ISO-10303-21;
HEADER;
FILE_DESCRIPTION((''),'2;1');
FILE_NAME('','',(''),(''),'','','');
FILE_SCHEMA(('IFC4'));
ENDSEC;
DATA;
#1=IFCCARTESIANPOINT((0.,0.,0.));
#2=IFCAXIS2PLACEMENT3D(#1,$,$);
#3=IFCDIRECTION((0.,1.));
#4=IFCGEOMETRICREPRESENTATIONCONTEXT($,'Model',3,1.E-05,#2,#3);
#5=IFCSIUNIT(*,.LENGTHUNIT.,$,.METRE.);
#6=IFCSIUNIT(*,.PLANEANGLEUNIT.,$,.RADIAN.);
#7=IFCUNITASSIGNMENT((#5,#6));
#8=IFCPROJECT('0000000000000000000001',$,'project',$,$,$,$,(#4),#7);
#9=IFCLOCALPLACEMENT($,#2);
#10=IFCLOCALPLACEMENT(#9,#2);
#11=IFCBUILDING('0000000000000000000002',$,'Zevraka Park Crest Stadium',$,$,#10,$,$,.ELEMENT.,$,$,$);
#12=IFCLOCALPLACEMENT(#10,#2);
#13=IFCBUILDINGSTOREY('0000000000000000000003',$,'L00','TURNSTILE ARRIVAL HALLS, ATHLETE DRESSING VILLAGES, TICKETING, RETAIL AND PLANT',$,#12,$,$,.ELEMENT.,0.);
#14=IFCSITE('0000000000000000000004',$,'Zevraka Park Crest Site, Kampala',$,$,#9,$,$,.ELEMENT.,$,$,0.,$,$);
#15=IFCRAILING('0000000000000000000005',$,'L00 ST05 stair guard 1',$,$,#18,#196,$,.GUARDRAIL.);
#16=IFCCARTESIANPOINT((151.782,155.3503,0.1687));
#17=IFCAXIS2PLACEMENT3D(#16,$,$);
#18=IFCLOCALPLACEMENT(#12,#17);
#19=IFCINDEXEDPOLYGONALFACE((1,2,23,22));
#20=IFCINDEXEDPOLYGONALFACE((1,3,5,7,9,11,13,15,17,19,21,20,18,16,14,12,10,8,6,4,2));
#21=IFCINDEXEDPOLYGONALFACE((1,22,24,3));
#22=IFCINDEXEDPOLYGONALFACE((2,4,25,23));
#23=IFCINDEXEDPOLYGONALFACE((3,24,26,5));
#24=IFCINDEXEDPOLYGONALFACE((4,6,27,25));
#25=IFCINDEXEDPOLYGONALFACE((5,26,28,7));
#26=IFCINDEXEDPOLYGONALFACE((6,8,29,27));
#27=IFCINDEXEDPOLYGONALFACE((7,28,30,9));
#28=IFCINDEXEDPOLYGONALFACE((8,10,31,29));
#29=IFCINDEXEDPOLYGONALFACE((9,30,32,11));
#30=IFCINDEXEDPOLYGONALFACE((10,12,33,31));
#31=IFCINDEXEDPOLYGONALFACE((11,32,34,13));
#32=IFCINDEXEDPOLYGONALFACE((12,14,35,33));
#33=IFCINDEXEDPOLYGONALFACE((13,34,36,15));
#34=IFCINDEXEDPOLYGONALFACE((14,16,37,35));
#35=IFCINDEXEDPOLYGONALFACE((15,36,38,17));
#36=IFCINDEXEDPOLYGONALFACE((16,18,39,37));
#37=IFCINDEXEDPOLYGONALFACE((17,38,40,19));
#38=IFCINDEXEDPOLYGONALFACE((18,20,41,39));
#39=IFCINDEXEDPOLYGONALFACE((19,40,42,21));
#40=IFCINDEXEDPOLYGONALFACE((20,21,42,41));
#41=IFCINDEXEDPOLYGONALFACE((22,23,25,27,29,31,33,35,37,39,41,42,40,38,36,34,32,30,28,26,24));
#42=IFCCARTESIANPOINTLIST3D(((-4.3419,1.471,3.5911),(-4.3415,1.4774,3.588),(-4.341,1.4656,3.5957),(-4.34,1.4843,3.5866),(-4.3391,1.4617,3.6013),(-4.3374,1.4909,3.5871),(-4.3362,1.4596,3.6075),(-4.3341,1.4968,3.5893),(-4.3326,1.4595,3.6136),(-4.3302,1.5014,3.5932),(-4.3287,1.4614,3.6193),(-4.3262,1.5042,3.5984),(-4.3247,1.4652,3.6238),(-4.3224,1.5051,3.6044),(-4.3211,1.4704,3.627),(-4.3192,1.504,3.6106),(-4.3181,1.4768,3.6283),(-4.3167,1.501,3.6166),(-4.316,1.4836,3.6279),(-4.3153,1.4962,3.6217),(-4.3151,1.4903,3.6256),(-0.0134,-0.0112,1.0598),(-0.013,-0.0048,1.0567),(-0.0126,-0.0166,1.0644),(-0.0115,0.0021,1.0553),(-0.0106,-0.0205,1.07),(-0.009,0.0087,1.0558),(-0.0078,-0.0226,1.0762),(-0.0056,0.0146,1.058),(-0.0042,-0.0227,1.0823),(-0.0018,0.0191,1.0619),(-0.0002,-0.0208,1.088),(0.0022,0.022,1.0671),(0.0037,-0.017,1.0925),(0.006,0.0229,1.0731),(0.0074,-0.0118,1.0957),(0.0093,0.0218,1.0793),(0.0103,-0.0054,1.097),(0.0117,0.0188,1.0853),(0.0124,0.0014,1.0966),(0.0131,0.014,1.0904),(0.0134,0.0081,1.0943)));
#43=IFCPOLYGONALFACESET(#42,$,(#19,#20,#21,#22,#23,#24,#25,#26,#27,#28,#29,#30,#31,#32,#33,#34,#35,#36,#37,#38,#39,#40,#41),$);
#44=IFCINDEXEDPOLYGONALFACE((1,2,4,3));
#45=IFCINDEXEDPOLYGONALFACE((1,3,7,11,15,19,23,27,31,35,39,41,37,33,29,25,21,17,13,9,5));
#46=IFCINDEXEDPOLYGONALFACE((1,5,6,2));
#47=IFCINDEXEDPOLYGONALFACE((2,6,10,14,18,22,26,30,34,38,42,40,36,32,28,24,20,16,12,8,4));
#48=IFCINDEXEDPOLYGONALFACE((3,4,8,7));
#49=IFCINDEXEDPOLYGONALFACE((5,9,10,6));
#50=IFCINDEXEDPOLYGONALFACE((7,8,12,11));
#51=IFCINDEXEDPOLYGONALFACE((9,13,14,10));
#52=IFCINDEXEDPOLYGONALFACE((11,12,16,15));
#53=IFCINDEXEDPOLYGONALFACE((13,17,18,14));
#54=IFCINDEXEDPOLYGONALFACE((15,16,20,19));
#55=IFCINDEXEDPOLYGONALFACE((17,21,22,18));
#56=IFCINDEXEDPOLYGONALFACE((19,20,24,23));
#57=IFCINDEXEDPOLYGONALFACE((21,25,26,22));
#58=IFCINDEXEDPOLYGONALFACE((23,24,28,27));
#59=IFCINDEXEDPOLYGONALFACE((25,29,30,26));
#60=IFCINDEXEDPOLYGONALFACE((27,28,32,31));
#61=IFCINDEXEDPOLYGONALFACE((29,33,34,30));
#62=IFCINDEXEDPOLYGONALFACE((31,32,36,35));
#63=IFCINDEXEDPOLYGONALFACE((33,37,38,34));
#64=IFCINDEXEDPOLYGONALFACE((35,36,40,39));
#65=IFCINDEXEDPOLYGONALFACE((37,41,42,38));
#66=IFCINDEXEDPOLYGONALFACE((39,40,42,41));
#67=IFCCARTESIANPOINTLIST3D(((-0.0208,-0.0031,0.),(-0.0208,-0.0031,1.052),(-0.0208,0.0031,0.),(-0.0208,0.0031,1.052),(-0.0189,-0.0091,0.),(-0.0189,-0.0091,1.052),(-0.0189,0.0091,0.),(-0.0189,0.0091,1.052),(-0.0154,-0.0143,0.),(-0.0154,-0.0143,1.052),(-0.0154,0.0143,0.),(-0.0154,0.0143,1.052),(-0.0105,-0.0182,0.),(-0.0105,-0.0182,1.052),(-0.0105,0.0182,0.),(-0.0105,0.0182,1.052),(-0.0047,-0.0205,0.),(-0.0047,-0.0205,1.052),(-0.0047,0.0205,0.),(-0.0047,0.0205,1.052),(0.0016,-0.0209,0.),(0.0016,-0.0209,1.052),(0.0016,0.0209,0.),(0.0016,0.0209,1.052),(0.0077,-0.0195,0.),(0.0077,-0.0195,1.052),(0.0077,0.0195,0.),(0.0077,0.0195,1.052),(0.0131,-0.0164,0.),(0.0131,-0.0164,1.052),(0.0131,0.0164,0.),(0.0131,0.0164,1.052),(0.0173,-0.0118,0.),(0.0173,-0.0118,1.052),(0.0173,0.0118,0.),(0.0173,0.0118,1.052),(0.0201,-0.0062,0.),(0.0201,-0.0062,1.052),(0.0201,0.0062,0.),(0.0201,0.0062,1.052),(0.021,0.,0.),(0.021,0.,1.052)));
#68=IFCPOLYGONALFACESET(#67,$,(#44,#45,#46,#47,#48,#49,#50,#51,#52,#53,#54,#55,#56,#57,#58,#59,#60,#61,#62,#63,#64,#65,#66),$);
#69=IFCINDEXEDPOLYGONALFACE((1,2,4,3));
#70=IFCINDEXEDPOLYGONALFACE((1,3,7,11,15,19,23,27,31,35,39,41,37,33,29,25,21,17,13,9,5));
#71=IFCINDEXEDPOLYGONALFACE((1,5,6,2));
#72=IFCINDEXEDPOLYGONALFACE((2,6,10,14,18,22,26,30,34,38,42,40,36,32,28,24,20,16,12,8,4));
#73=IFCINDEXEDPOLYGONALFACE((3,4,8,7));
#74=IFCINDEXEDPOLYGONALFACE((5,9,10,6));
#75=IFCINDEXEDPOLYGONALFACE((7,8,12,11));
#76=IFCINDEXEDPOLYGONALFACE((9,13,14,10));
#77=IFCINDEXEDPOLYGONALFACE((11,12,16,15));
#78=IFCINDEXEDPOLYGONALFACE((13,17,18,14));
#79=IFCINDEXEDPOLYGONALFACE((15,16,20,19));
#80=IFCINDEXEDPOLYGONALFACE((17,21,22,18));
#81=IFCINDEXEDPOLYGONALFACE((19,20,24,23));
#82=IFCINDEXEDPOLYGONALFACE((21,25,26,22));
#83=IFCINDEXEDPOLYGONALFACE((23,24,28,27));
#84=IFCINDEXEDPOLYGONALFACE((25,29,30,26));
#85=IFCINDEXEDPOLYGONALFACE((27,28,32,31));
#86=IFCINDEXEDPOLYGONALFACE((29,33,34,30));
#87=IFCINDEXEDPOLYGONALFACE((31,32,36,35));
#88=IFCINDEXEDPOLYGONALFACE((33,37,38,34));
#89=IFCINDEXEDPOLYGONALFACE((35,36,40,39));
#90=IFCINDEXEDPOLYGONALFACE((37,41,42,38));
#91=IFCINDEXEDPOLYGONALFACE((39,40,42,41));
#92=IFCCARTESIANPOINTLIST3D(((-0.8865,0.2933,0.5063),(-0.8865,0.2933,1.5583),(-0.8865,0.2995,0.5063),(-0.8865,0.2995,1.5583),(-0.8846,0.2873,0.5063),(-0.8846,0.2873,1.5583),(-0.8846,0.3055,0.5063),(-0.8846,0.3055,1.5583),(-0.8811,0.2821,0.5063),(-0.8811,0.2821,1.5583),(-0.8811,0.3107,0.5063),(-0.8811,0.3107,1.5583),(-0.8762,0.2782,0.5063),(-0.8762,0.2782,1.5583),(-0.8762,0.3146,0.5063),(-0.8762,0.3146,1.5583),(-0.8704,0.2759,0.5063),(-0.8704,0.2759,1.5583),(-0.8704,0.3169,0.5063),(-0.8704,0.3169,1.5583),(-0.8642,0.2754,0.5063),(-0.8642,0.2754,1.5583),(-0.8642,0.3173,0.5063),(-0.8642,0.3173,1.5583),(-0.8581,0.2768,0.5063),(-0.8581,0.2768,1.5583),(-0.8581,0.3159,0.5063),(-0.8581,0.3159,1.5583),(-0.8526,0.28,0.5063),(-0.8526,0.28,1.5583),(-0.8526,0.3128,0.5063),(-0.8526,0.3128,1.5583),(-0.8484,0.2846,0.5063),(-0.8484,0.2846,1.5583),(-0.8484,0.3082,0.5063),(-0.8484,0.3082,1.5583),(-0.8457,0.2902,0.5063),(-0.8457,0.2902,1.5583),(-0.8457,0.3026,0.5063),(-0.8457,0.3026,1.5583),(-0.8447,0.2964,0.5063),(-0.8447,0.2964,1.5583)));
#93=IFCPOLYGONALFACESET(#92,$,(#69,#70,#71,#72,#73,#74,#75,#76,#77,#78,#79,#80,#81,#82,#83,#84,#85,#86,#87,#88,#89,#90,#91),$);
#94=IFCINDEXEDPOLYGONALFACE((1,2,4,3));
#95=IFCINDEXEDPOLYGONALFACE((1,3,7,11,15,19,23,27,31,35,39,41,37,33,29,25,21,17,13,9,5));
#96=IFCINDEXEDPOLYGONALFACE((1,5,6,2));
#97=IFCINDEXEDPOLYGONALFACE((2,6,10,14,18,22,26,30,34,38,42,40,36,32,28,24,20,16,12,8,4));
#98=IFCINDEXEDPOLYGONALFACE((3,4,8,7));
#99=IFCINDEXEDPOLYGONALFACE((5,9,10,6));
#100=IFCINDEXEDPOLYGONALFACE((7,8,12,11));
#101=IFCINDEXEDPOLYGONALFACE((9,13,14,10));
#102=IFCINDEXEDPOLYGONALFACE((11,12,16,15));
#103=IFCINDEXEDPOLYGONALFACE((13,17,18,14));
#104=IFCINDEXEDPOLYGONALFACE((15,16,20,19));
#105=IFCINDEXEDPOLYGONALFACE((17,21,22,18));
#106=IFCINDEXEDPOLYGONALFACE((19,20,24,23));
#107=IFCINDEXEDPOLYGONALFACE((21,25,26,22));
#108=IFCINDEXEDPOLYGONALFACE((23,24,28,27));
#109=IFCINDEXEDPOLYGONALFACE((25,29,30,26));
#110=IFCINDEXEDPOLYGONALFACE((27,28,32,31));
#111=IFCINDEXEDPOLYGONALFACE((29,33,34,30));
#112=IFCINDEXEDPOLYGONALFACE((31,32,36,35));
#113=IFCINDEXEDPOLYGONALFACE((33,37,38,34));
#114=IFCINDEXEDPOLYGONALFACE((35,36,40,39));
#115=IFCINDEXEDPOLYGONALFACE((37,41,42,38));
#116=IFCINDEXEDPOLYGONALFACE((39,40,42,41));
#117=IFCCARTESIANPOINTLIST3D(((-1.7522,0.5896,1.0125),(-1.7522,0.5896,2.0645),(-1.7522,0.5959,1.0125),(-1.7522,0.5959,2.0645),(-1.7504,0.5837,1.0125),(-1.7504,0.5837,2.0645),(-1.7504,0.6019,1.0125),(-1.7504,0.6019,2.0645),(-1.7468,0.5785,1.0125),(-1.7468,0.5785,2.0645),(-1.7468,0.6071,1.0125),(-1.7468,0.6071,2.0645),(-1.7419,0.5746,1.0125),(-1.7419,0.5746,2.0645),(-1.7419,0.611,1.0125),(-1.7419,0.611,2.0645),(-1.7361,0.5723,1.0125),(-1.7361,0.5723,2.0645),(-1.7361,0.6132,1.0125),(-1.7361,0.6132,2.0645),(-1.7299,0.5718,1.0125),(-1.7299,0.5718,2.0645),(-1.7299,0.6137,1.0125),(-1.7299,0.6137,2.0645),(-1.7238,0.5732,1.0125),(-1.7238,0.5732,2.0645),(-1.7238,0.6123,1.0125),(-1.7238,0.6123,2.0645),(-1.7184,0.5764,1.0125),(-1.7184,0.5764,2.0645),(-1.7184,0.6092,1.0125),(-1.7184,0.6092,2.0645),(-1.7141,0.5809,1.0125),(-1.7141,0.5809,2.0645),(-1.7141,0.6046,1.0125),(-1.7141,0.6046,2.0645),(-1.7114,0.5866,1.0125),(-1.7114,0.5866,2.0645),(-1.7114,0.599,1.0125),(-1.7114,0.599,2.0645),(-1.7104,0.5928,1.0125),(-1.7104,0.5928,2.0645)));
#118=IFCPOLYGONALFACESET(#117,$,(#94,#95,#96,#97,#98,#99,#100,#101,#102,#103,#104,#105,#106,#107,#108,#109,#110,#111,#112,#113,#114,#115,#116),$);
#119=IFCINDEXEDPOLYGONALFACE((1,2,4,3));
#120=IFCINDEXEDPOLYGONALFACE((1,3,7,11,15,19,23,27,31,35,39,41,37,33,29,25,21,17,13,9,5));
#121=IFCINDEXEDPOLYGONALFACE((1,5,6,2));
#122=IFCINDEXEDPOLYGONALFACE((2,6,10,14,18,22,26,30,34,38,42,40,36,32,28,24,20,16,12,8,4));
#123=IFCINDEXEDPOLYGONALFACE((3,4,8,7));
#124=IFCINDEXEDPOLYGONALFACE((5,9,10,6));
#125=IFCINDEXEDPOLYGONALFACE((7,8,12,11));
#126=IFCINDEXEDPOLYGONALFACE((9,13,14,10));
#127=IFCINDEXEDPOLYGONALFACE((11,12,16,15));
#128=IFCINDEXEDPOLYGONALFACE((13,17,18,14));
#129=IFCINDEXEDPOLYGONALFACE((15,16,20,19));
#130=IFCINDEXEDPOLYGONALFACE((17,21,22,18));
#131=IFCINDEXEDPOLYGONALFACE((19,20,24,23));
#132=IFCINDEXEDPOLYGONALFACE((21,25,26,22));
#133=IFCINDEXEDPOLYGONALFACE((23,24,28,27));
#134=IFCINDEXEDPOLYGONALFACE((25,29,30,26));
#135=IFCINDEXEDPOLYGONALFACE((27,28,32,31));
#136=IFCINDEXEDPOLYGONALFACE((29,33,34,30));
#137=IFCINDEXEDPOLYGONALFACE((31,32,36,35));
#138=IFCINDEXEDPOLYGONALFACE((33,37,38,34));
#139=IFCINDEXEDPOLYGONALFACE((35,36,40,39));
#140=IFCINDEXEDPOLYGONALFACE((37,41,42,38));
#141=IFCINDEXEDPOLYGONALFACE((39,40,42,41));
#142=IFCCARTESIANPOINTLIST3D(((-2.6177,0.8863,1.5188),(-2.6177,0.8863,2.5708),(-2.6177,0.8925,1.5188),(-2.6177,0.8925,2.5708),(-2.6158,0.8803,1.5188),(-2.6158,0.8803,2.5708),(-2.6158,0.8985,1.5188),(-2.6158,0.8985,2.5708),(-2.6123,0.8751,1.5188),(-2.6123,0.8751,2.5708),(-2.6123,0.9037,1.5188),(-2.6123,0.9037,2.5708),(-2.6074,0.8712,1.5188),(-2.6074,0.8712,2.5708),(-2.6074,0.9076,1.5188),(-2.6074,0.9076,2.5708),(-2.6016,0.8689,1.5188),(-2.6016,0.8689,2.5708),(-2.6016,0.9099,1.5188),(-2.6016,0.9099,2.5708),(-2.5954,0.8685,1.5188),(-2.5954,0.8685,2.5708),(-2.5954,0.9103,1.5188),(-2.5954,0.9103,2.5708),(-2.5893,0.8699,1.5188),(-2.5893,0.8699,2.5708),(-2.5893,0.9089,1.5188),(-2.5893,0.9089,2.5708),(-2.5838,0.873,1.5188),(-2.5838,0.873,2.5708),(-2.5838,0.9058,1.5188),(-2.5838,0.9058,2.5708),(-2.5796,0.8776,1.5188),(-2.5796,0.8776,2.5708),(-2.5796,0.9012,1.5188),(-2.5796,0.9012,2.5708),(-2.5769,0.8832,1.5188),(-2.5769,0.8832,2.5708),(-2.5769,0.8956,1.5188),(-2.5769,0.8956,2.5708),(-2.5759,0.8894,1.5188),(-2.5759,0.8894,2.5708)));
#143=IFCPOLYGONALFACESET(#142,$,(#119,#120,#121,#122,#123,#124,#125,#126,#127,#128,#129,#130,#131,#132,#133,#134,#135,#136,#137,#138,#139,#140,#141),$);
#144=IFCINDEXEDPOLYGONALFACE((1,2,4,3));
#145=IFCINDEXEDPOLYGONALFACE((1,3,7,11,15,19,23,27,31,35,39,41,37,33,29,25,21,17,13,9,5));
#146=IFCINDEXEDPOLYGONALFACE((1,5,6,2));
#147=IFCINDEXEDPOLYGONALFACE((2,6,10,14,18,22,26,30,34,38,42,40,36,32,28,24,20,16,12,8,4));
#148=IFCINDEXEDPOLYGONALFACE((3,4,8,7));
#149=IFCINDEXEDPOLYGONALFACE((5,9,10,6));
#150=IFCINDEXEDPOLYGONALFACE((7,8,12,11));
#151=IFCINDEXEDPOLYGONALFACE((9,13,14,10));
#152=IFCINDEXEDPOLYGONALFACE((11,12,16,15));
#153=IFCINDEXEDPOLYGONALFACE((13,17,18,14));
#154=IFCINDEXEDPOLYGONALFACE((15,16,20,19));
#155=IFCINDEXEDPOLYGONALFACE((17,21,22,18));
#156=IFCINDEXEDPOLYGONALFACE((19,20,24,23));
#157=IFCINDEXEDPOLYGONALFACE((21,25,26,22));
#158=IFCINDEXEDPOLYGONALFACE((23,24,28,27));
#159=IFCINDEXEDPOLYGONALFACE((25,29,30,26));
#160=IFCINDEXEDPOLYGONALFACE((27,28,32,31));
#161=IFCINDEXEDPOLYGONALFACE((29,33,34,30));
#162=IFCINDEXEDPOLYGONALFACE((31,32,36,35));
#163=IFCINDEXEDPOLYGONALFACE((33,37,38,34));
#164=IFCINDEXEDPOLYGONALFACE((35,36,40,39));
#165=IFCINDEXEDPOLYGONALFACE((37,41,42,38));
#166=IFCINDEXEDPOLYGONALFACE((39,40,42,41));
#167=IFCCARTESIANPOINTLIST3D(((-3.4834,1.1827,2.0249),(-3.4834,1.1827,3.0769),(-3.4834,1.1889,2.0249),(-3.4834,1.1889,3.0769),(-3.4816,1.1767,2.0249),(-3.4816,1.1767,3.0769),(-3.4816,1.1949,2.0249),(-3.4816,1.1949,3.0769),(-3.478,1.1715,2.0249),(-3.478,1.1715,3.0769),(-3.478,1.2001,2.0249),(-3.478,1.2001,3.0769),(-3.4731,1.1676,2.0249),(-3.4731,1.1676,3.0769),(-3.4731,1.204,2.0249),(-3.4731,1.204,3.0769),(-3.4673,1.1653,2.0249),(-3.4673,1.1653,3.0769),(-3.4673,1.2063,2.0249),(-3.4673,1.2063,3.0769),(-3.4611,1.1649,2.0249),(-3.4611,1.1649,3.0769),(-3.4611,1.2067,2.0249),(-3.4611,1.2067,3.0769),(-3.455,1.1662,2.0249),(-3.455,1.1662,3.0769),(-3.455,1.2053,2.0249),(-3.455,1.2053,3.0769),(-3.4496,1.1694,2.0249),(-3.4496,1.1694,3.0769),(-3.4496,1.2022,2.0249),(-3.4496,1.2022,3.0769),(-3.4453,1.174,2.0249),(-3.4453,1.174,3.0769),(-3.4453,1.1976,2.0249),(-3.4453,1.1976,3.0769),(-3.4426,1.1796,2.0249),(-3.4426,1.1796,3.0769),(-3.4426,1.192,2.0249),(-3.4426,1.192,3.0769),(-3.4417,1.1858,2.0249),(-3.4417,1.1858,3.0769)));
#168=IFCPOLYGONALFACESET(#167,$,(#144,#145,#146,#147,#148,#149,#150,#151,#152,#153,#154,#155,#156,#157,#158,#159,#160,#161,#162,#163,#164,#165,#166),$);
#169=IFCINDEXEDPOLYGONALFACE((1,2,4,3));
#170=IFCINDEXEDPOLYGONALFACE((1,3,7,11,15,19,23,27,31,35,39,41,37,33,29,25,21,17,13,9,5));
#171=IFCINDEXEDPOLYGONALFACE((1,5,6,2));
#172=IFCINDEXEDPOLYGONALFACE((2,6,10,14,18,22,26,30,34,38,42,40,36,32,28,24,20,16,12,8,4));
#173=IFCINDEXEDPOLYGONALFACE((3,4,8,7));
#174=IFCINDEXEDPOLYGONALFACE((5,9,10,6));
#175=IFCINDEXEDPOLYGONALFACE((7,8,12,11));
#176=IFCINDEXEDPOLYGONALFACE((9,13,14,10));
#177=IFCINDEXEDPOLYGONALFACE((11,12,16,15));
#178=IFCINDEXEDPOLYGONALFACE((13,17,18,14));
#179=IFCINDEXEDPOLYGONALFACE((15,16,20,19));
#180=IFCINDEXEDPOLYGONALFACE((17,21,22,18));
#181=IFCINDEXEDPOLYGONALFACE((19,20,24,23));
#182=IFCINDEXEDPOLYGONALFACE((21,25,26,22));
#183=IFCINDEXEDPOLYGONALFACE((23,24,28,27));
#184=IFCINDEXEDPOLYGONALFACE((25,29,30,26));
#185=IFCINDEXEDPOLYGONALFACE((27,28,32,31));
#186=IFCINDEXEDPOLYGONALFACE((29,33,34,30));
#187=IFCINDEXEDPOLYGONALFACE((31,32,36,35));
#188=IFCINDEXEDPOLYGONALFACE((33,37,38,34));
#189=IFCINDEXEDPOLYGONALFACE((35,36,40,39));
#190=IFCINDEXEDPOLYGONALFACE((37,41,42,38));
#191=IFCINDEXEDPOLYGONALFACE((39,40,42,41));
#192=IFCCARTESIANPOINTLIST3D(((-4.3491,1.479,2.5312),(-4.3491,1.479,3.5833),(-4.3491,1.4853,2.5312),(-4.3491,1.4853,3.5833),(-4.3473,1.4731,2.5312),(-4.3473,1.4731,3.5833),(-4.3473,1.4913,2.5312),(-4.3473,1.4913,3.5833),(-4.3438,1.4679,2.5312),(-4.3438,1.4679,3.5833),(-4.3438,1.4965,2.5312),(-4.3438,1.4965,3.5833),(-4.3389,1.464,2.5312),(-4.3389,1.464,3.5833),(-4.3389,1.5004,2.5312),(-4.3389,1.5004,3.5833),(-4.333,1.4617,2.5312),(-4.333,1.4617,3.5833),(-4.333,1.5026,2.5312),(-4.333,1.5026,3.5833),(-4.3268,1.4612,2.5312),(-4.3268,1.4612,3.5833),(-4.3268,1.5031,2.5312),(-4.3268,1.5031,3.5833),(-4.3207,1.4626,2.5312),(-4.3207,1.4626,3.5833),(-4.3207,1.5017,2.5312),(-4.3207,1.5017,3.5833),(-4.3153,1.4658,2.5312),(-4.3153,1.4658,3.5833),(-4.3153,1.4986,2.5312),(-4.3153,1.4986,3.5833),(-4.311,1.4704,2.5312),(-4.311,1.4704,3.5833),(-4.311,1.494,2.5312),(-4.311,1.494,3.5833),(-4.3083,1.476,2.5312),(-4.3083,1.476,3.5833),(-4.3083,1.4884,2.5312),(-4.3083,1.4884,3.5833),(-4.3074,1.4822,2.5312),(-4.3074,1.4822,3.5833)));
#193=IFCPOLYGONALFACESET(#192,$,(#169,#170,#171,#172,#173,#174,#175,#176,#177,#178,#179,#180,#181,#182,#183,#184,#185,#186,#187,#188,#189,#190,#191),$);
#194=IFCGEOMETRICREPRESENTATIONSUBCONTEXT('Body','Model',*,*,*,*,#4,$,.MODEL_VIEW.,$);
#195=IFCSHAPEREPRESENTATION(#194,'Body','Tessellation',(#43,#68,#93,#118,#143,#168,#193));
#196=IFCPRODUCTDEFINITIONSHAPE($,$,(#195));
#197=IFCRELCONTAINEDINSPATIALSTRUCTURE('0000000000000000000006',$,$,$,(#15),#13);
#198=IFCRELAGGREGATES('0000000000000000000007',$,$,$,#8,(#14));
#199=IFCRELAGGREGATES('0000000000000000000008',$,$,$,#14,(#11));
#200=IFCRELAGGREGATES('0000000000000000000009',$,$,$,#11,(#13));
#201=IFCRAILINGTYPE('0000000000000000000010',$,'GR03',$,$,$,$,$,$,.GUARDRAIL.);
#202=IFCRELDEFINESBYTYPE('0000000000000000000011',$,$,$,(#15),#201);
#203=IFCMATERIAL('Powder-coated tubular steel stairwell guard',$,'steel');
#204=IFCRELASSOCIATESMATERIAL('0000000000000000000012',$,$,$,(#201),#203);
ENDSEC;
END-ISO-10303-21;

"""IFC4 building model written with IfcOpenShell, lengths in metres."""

from ifc_helpers import new_model, si_unit, direction, frame, origin, origin_2d, place, context, subcontext, project, spatial, circle, extrude, material, type_object, element, save


model = new_model("IFC4")

# Units and contexts
model_context = context("Model", 3, precision=1e-05, world=origin(), true_north=direction((0.0, 1.0)))
body_context = subcontext(model_context, "Body", "Model", "MODEL_VIEW")
ifc_project = project(units=[si_unit("LENGTHUNIT", "METRE"), si_unit("PLANEANGLEUNIT", "RADIAN")], contexts=[model_context])

# Site, building, storey
site_placement = place(None, origin())
site = spatial("IfcSite", under=ifc_project, at=site_placement, Name="Zevraka Park Crest Site, Kampala", CompositionType="ELEMENT", RefElevation=0.0)
building_placement = place(site_placement, origin())
building = spatial("IfcBuilding", under=site, at=building_placement, Name="Zevraka Park Crest Stadium", CompositionType="ELEMENT")
storey_placement = place(building_placement, origin())
storey = spatial("IfcBuildingStorey", under=building, at=storey_placement, Name="L00", Description="TURNSTILE ARRIVAL HALLS, ATHLETE DRESSING VILLAGES, TICKETING, RETAIL AND PLANT", CompositionType="ELEMENT", Elevation=0.0)

# Railing
ifc_material_1 = material(Name="Powder-coated tubular steel stairwell guard", Category="steel")
railing_type_1 = type_object("IfcRailingType", Name="GR03", PredefinedType="GUARDRAIL", material=ifc_material_1)
railing_1_placement = place(storey_placement, frame((151.782, 155.3503, 0.1687)))
element("IfcRailing", 1, at=railing_1_placement, inside=storey, type_object=railing_type_1, Name="L00 ST05 stair guard 1", PredefinedType="GUARDRAIL", context=body_context, shape_type="SweptSolid", body=[
    extrude(circle(Radius=0.0239, at=origin_2d()), frame((0.0, 0.0, 1.0762), z_axis=(-0.827817, 0.283472, 0.484111), x_axis=(-0.323965, -0.946069, 0.0)), (0.0, 0.0, 1.0), 5.2288),
    extrude(circle(Radius=0.021, at=origin_2d()), origin(), (0.0, 0.0, 1.0), 1.052),
    extrude(circle(Radius=0.021, at=origin_2d()), frame((-0.8657, 0.2964, 0.5063)), (0.0, 0.0, 1.0), 1.052),
    extrude(circle(Radius=0.021, at=origin_2d()), frame((-1.7314, 0.5928, 1.0125)), (0.0, 0.0, 1.0), 1.052),
    extrude(circle(Radius=0.021, at=origin_2d()), frame((-2.5969, 0.8894, 1.5188)), (0.0, 0.0, 1.0), 1.052),
    extrude(circle(Radius=0.021, at=origin_2d()), frame((-3.4626, 1.1858, 2.0249)), (0.0, 0.0, 1.0), 1.052),
    extrude(circle(Radius=0.021, at=origin_2d()), frame((-4.3284, 1.4822, 2.5312)), (0.0, 0.0, 1.0), 1.052),
])

save(model, "model.ifc")
